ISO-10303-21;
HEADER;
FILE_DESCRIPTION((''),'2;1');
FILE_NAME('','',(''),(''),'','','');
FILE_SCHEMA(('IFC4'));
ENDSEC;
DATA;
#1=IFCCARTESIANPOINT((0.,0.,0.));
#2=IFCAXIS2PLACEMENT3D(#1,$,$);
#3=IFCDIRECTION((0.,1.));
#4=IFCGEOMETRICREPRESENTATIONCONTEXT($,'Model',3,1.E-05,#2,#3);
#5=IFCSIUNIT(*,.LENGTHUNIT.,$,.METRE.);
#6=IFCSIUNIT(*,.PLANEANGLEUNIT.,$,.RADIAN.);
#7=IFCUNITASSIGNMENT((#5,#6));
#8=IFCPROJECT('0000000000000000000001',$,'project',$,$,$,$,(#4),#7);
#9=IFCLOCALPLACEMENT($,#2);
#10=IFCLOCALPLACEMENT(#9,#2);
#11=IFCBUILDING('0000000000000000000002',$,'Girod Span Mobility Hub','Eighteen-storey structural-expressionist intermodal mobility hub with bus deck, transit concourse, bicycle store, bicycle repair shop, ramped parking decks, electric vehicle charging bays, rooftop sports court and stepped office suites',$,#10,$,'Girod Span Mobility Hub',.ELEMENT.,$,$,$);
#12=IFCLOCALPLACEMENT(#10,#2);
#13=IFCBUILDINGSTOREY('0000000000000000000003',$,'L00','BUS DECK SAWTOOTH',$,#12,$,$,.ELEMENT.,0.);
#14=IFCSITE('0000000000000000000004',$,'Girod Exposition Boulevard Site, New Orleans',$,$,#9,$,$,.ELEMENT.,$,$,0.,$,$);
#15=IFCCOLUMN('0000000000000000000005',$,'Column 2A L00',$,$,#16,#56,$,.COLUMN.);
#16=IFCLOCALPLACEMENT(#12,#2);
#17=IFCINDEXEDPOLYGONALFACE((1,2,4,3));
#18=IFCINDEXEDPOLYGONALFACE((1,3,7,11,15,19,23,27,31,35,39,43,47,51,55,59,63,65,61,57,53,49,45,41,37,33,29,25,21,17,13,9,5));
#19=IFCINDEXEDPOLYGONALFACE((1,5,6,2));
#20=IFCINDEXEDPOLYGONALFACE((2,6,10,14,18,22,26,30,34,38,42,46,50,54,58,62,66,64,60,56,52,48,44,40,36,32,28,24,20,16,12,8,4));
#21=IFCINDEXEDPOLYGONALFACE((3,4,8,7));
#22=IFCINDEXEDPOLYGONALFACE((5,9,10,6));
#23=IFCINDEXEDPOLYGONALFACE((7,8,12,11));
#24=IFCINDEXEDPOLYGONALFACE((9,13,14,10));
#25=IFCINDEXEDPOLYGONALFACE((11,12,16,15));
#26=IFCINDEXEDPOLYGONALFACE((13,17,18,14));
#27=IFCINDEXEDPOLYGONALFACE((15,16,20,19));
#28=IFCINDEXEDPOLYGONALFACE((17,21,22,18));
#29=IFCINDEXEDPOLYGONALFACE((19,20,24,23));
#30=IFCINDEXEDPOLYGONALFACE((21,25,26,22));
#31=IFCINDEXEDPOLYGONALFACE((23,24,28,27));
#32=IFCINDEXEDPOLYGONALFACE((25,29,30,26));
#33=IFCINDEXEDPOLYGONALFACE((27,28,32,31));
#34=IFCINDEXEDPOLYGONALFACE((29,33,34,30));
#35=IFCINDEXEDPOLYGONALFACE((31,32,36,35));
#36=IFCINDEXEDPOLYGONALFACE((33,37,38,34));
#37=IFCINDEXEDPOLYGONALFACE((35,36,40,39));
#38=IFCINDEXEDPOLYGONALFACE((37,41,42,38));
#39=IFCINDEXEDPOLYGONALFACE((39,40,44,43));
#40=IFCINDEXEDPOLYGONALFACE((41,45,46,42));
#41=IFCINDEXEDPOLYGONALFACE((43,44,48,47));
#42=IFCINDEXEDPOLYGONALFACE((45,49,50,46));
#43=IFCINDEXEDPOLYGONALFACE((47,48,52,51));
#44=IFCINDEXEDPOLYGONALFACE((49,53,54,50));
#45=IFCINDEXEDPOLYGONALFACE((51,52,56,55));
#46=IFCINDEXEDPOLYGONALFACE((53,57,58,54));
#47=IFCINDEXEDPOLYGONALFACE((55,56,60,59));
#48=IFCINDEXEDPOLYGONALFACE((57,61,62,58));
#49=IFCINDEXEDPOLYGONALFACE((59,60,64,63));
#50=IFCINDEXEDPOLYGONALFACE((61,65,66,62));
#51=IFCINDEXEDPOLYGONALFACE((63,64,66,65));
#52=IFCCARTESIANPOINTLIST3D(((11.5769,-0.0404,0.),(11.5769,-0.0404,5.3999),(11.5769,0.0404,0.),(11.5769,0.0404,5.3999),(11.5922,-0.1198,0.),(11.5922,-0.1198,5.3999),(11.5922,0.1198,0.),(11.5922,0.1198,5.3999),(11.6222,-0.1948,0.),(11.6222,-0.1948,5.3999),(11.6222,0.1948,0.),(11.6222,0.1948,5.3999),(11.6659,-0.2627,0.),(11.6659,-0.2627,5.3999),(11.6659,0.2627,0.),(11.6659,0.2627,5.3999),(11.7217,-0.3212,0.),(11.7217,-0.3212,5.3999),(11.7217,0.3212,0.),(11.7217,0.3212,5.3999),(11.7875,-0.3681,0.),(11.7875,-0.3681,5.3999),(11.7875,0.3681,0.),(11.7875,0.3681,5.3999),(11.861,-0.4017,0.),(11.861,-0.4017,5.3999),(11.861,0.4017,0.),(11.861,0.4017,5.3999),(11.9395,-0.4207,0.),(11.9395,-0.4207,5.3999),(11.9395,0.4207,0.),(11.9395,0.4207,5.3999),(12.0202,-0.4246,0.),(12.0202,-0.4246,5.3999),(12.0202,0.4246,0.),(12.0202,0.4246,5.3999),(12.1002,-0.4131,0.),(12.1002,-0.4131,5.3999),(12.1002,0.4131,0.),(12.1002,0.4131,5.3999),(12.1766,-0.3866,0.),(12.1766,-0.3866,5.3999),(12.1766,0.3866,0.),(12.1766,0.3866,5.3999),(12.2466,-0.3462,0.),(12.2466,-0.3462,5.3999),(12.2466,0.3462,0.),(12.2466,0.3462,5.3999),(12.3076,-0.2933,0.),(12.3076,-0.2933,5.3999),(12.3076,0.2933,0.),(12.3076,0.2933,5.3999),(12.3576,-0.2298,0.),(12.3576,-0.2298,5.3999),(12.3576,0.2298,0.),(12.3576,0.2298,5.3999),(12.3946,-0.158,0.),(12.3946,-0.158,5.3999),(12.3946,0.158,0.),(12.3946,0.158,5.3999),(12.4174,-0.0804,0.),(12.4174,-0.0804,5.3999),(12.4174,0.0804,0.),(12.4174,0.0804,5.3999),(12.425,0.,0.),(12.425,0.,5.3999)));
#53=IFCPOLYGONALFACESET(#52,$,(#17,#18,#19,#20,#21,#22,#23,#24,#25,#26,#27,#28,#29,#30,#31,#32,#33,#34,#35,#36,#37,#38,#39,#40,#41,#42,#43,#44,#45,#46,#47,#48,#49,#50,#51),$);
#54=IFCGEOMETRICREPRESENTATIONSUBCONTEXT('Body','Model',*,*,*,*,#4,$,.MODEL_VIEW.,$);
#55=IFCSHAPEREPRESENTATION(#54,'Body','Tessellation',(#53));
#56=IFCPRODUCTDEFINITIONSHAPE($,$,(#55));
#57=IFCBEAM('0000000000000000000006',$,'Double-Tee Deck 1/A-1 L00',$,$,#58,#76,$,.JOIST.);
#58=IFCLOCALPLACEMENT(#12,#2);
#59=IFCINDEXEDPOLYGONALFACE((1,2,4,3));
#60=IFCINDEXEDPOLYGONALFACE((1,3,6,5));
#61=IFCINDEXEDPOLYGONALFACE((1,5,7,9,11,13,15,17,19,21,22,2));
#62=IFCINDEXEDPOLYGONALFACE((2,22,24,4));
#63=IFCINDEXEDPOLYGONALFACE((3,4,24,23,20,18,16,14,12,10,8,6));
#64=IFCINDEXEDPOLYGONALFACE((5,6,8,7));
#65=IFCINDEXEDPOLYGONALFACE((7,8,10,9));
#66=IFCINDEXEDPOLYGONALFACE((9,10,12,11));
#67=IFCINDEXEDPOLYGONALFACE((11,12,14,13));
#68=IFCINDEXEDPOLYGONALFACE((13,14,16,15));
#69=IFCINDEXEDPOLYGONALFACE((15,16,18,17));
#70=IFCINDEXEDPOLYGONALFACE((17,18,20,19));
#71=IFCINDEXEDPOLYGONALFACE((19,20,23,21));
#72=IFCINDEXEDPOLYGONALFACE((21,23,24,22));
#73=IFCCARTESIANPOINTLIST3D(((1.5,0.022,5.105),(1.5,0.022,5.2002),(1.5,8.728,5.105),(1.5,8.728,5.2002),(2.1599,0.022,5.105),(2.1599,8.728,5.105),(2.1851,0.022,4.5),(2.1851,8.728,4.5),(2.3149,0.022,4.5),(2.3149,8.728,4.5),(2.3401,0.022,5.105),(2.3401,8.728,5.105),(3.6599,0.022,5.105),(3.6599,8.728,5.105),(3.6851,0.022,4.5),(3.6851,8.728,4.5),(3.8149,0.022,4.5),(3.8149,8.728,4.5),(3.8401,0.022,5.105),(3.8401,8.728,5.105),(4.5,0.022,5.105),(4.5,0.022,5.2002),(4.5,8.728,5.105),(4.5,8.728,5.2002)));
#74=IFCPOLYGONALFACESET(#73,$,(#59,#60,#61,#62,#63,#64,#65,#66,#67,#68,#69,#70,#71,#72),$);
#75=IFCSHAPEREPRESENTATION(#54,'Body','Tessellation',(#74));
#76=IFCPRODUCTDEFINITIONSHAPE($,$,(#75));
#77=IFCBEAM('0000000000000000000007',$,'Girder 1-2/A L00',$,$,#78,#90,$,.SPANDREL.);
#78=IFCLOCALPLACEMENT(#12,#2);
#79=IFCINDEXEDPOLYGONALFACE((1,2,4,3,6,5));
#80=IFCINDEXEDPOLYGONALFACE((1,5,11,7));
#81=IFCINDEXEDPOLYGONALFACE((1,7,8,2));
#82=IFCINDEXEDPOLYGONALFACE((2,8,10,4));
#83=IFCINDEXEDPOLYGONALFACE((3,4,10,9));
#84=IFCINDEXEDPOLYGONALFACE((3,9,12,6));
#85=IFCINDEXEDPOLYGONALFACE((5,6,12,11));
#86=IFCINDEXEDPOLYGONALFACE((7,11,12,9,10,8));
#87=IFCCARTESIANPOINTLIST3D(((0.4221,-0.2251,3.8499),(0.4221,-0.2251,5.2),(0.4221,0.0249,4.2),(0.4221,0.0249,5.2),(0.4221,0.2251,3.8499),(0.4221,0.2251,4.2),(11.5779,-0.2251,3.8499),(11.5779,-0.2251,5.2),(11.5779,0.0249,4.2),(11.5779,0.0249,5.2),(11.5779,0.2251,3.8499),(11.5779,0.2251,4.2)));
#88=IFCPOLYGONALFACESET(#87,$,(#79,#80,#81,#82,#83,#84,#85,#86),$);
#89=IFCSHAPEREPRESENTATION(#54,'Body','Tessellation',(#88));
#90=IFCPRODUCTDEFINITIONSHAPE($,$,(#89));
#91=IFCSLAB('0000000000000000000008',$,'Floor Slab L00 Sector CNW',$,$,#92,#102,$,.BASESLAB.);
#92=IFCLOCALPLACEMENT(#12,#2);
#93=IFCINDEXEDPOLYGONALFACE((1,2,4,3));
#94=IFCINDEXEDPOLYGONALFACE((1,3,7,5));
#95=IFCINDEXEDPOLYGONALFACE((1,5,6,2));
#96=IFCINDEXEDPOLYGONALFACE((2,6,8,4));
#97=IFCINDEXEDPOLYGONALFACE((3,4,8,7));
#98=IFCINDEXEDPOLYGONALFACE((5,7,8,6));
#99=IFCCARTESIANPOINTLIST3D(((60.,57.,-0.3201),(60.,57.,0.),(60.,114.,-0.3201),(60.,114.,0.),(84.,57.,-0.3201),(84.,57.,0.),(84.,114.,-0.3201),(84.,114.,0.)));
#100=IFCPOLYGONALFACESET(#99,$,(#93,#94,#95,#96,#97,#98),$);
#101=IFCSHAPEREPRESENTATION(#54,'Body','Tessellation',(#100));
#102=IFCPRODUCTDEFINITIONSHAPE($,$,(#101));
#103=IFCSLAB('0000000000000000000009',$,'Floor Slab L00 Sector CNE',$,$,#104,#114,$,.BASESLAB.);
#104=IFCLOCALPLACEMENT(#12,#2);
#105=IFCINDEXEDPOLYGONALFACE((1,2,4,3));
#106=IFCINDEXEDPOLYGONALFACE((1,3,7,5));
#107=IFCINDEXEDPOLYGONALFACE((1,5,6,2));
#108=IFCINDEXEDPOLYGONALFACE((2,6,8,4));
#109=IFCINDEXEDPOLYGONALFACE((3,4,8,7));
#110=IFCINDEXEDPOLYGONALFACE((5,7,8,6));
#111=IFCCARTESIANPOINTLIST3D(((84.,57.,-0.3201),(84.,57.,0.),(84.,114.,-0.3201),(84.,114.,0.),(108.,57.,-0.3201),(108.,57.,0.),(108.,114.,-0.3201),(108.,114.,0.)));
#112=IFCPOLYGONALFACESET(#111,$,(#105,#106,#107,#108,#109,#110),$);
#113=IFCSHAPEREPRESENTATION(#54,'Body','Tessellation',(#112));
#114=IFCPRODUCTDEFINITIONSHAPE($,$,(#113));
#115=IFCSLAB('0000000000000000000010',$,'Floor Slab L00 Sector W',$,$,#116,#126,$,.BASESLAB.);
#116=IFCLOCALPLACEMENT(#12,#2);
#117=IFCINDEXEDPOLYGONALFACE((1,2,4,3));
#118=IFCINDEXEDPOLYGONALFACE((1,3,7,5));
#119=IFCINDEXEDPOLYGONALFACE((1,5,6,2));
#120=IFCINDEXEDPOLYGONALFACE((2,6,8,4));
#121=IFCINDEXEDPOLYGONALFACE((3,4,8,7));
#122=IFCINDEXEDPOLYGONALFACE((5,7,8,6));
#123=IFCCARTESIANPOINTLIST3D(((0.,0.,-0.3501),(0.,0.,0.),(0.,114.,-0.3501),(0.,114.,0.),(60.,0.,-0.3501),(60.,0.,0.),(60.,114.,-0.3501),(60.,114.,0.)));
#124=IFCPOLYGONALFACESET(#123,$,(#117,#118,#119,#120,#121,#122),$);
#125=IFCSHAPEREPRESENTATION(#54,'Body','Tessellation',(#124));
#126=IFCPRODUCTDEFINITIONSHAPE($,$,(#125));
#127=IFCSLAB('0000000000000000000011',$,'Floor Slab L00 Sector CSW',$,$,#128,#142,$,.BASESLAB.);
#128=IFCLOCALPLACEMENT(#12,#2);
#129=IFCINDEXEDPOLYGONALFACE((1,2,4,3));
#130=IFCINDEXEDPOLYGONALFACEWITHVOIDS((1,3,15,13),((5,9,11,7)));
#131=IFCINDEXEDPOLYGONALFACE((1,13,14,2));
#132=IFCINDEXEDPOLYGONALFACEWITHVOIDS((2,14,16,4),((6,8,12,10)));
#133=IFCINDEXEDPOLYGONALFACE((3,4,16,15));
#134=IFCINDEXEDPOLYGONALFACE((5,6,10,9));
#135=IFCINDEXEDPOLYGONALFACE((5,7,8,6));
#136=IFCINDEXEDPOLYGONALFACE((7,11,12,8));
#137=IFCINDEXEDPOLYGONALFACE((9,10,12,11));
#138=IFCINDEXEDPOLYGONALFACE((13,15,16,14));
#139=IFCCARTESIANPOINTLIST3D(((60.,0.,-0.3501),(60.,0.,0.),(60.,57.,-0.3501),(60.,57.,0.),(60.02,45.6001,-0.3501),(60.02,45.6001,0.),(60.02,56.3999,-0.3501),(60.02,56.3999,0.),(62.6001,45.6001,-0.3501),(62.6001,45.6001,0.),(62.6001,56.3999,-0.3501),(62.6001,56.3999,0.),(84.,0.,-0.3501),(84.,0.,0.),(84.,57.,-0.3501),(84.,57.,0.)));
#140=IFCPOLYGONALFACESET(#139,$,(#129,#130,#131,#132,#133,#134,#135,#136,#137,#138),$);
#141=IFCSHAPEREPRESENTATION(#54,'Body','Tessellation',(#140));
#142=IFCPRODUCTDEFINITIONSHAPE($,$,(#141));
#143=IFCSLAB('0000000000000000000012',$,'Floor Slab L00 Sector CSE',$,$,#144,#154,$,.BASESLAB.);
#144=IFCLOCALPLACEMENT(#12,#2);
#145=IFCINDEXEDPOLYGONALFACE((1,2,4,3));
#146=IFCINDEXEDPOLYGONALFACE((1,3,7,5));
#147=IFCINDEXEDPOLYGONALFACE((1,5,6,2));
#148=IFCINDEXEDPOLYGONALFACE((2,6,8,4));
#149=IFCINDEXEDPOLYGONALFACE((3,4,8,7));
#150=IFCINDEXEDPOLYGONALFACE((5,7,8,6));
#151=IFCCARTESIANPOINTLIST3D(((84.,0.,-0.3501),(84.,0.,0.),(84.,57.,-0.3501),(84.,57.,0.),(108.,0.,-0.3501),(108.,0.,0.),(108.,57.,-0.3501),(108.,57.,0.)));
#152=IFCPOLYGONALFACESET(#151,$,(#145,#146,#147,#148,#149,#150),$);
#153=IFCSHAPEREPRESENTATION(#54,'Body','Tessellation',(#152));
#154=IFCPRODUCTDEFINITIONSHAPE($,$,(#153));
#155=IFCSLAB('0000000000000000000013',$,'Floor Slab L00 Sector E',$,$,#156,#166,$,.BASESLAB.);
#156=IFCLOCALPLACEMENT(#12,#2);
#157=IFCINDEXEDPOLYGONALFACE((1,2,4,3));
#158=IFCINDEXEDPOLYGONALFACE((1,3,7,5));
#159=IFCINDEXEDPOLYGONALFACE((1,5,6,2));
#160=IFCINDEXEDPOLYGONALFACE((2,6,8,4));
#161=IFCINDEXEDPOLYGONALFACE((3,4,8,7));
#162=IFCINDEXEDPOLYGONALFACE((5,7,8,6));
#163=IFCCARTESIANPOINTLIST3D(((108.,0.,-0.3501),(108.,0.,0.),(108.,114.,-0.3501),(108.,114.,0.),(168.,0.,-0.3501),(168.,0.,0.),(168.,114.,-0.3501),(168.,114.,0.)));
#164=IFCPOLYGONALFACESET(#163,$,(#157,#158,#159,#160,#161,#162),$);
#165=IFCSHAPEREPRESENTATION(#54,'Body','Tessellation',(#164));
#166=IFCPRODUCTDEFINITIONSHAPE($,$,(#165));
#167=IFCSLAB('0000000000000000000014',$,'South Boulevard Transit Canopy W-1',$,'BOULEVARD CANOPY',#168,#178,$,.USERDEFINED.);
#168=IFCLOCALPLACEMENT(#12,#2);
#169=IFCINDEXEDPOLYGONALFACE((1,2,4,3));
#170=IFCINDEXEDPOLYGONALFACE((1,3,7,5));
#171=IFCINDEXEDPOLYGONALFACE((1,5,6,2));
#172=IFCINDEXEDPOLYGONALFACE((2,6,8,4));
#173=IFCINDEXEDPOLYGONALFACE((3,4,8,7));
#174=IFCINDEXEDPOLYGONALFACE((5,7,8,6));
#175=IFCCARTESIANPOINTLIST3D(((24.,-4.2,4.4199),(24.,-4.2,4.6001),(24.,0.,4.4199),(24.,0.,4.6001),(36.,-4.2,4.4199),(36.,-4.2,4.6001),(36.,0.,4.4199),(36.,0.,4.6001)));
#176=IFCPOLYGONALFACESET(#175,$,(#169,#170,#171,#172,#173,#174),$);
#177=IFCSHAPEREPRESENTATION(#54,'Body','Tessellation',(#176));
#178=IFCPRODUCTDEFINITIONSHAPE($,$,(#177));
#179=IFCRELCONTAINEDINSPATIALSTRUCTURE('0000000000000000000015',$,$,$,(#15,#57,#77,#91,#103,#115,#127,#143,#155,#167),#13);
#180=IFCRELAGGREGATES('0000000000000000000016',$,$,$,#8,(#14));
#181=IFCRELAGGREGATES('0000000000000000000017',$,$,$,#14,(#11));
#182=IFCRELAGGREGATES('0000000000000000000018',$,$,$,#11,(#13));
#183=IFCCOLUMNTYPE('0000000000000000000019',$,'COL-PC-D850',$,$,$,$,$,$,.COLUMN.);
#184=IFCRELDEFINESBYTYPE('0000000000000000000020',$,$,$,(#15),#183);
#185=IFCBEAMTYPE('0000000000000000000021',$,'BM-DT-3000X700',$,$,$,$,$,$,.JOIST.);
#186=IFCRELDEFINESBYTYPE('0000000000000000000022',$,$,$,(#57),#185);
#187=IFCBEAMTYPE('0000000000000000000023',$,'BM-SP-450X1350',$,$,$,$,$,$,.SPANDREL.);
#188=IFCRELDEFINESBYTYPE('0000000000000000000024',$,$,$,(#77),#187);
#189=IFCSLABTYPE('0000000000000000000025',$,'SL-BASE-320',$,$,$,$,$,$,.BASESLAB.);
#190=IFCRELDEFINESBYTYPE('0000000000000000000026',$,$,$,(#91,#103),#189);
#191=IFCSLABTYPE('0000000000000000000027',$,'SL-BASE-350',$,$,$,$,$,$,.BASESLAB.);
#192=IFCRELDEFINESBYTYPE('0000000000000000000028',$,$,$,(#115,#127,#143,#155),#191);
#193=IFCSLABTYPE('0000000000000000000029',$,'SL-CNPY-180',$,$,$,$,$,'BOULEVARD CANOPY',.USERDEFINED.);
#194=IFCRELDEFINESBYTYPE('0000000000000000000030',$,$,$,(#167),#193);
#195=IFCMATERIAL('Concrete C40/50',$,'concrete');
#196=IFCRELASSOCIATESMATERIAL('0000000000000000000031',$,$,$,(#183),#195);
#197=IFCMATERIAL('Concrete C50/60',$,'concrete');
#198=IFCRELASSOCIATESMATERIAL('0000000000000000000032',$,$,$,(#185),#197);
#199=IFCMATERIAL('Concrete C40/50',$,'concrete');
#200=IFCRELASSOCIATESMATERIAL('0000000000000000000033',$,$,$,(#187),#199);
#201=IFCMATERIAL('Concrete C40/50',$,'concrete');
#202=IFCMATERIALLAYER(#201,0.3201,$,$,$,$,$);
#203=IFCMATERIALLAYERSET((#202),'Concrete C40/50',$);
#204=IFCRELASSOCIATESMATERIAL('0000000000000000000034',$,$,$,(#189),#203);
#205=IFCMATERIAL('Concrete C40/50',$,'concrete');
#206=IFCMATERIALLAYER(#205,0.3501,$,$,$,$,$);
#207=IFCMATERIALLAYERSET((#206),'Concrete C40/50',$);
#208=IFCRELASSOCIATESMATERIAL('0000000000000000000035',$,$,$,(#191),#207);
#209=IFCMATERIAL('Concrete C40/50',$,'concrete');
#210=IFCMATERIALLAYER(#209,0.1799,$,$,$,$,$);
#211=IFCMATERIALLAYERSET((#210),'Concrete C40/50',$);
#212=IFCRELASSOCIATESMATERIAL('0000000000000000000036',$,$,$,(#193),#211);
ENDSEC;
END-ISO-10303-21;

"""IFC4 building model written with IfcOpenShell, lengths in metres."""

from ifc_helpers import new_model, si_unit, direction, frame, origin, origin_2d, place, context, subcontext, project, spatial, polyline, circle, outline, extrude, material, layer, layer_set, material_profile, profile_set, type_object, element, save


model = new_model("IFC4")

# Units and contexts
model_context = context("Model", 3, precision=1e-05, world=origin(), true_north=direction((0.0, 1.0)))
body_context = subcontext(model_context, "Body", "Model", "MODEL_VIEW")
ifc_project = project(units=[si_unit("LENGTHUNIT", "METRE"), si_unit("PLANEANGLEUNIT", "RADIAN")], contexts=[model_context])

# Site, building, storey
site_placement = place(None, origin())
site = spatial("IfcSite", under=ifc_project, at=site_placement, Name="Girod Exposition Boulevard Site, New Orleans", CompositionType="ELEMENT", RefElevation=0.0)
building_placement = place(site_placement, origin())
building = spatial("IfcBuilding", under=site, at=building_placement, Name="Girod Span Mobility Hub", Description="Eighteen-storey structural-expressionist intermodal mobility hub with bus deck, transit concourse, bicycle store, bicycle repair shop, ramped parking decks, electric vehicle charging bays, rooftop sports court and stepped office suites", LongName="Girod Span Mobility Hub", CompositionType="ELEMENT")
storey_placement = place(building_placement, origin())
storey = spatial("IfcBuildingStorey", under=building, at=storey_placement, Name="L00", Description="BUS DECK SAWTOOTH", CompositionType="ELEMENT", Elevation=0.0)

# Column
ifc_material_1 = material(Name="Concrete C40/50", Category="concrete")
ifc_material_profile_1 = material_profile(ifc_material_1, circle(Radius=0.425, at=origin_2d()), Name="PC-CIR-D850")
ifc_profile_set_1 = profile_set([ifc_material_profile_1], Name="Concrete C40/50")
column_type_1 = type_object("IfcColumnType", Name="COL-PC-D850", PredefinedType="COLUMN", material=ifc_profile_set_1)
column_1_placement = place(storey_placement, frame((12.0, 0.0, 0.0), z_axis=(0.0, 0.0, 1.0), x_axis=(1.0, 0.0, 0.0)))
element("IfcColumn", 1, at=column_1_placement, inside=storey, type_object=column_type_1, Name="Column 2A L00", PredefinedType="COLUMN", context=body_context, shape_type="SweptSolid", body=[
    extrude(circle(Radius=0.425, at=origin_2d()), origin(), (0.0, 0.0, 1.0), 5.3999),
])

# Beams
ifc_material_2 = material(Name="Concrete C50/60", Category="concrete")
ifc_material_profile_2 = material_profile(ifc_material_2, outline(polyline([(-1.5, 0.3501), (-1.5, 0.2549), (-0.8401, 0.2549), (-0.8149, -0.3501), (-0.6851, -0.3501), (-0.6599, 0.2549), (0.6599, 0.2549), (0.6851, -0.3501), (0.8149, -0.3501), (0.8401, 0.2549), (1.5, 0.2549), (1.5, 0.3501), (-1.5, 0.3501)])), Name="DT-3000X700")
ifc_profile_set_2 = profile_set([ifc_material_profile_2], Name="Concrete C50/60")
beam_type_1 = type_object("IfcBeamType", Name="BM-DT-3000X700", PredefinedType="JOIST", material=ifc_profile_set_2)
beam_1_placement = place(storey_placement, frame((3.0, 0.022, 4.8501), z_axis=(0.0, 1.0, 0.0), x_axis=(-1.0, 0.0, 0.0)))
element("IfcBeam", 2, at=beam_1_placement, inside=storey, type_object=beam_type_1, Name="Double-Tee Deck 1/A-1 L00", PredefinedType="JOIST", context=body_context, shape_type="SweptSolid", body=[
    extrude(outline(polyline([(-1.5, 0.3501), (-1.5, 0.2549), (-0.8401, 0.2549), (-0.8149, -0.3501), (-0.6851, -0.3501), (-0.6599, 0.2549), (0.6599, 0.2549), (0.6851, -0.3501), (0.8149, -0.3501), (0.8401, 0.2549), (1.5, 0.2549), (1.5, 0.3501), (-1.5, 0.3501)])), origin(), (0.0, 0.0, 1.0), 8.7061),
])
ifc_material_3 = material(Name="Concrete C40/50", Category="concrete")
ifc_material_profile_3 = material_profile(ifc_material_3, outline(polyline([(-0.2251, -0.675), (0.2251, -0.675), (0.2251, -0.325), (0.0249, -0.325), (0.0249, 0.675), (-0.2251, 0.675), (-0.2251, -0.675)])), Name="SP-450X1350")
ifc_profile_set_3 = profile_set([ifc_material_profile_3], Name="Concrete C40/50")
beam_type_2 = type_object("IfcBeamType", Name="BM-SP-450X1350", PredefinedType="SPANDREL", material=ifc_profile_set_3)
beam_2_placement = place(storey_placement, frame((0.4221, 0.0, 4.5249), z_axis=(1.0, 0.0, 0.0), x_axis=(0.0, 1.0, 0.0)))
element("IfcBeam", 3, at=beam_2_placement, inside=storey, type_object=beam_type_2, Name="Girder 1-2/A L00", PredefinedType="SPANDREL", context=body_context, shape_type="SweptSolid", body=[
    extrude(outline(polyline([(-0.2251, -0.675), (0.2251, -0.675), (0.2251, -0.325), (0.0249, -0.325), (0.0249, 0.675), (-0.2251, 0.675), (-0.2251, -0.675)])), origin(), (0.0, 0.0, 1.0), 11.1558),
])

# Slabs
ifc_material_4 = material(Name="Concrete C40/50", Category="concrete")
ifc_layer_1 = layer(ifc_material_4, 0.3201)
ifc_layer_set_1 = layer_set([ifc_layer_1], Name="Concrete C40/50")
slab_type_1 = type_object("IfcSlabType", Name="SL-BASE-320", PredefinedType="BASESLAB", material=ifc_layer_set_1)
slab_1_placement = place(storey_placement, frame((0.0, 0.0, -0.3201)))
element("IfcSlab", 4, at=slab_1_placement, inside=storey, type_object=slab_type_1, Name="Floor Slab L00 Sector CNW", PredefinedType="BASESLAB", context=body_context, shape_type="SweptSolid", body=[
    extrude(outline(polyline([(84.0, 114.0), (84.0, 57.0), (60.0, 57.0), (60.0, 114.0), (84.0, 114.0)])), origin(), (0.0, 0.0, 1.0), 0.3201),
])
slab_2_placement = place(storey_placement, frame((0.0, 0.0, -0.3201)))
element("IfcSlab", 5, at=slab_2_placement, inside=storey, type_object=slab_type_1, Name="Floor Slab L00 Sector CNE", PredefinedType="BASESLAB", context=body_context, shape_type="SweptSolid", body=[
    extrude(outline(polyline([(108.0, 114.0), (108.0, 57.0), (84.0, 57.0), (84.0, 114.0), (108.0, 114.0)])), origin(), (0.0, 0.0, 1.0), 0.3201),
])
ifc_material_5 = material(Name="Concrete C40/50", Category="concrete")
ifc_layer_2 = layer(ifc_material_5, 0.3501)
ifc_layer_set_2 = layer_set([ifc_layer_2], Name="Concrete C40/50")
slab_type_2 = type_object("IfcSlabType", Name="SL-BASE-350", PredefinedType="BASESLAB", material=ifc_layer_set_2)
slab_3_placement = place(storey_placement, frame((0.0, 0.0, -0.3501)))
element("IfcSlab", 6, at=slab_3_placement, inside=storey, type_object=slab_type_2, Name="Floor Slab L00 Sector W", PredefinedType="BASESLAB", context=body_context, shape_type="SweptSolid", body=[
    extrude(outline(polyline([(0.0, 114.0), (60.0, 114.0), (60.0, 0.0), (0.0, 0.0), (0.0, 114.0)])), origin(), (0.0, 0.0, 1.0), 0.3501),
])
slab_4_placement = place(storey_placement, frame((0.0, 0.0, -0.3501)))
element("IfcSlab", 7, at=slab_4_placement, inside=storey, type_object=slab_type_2, Name="Floor Slab L00 Sector CSW", PredefinedType="BASESLAB", context=body_context, shape_type="SweptSolid", body=[
    extrude(outline(polyline([(60.0, 0.0), (60.0, 57.0), (84.0, 57.0), (84.0, 0.0), (60.0, 0.0)]), holes=[polyline([(60.02, 56.3999), (60.02, 45.6001), (62.6001, 45.6001), (62.6001, 56.3999), (60.02, 56.3999)])]), origin(), (0.0, 0.0, 1.0), 0.3501),
])
slab_5_placement = place(storey_placement, frame((0.0, 0.0, -0.3501)))
element("IfcSlab", 8, at=slab_5_placement, inside=storey, type_object=slab_type_2, Name="Floor Slab L00 Sector CSE", PredefinedType="BASESLAB", context=body_context, shape_type="SweptSolid", body=[
    extrude(outline(polyline([(84.0, 0.0), (84.0, 57.0), (108.0, 57.0), (108.0, 0.0), (84.0, 0.0)])), origin(), (0.0, 0.0, 1.0), 0.3501),
])
slab_6_placement = place(storey_placement, frame((0.0, 0.0, -0.3501)))
element("IfcSlab", 9, at=slab_6_placement, inside=storey, type_object=slab_type_2, Name="Floor Slab L00 Sector E", PredefinedType="BASESLAB", context=body_context, shape_type="SweptSolid", body=[
    extrude(outline(polyline([(168.0, 114.0), (168.0, 0.0), (108.0, 0.0), (108.0, 114.0), (168.0, 114.0)])), origin(), (0.0, 0.0, 1.0), 0.3501),
])
ifc_material_6 = material(Name="Concrete C40/50", Category="concrete")
ifc_layer_3 = layer(ifc_material_6, 0.1799)
ifc_layer_set_3 = layer_set([ifc_layer_3], Name="Concrete C40/50")
slab_type_3 = type_object("IfcSlabType", Name="SL-CNPY-180", ElementType="BOULEVARD CANOPY", PredefinedType="USERDEFINED", material=ifc_layer_set_3)
slab_7_placement = place(storey_placement, frame((0.0, 0.0, 4.4199)))
element("IfcSlab", 10, at=slab_7_placement, inside=storey, type_object=slab_type_3, Name="South Boulevard Transit Canopy W-1", ObjectType="BOULEVARD CANOPY", PredefinedType="USERDEFINED", context=body_context, shape_type="SweptSolid", body=[
    extrude(outline(polyline([(36.0, -4.2), (36.0, 0.0), (24.0, 0.0), (24.0, -4.2), (36.0, -4.2)])), origin(), (0.0, 0.0, 1.0), 0.1802),
])

save(model, "model.ifc")
